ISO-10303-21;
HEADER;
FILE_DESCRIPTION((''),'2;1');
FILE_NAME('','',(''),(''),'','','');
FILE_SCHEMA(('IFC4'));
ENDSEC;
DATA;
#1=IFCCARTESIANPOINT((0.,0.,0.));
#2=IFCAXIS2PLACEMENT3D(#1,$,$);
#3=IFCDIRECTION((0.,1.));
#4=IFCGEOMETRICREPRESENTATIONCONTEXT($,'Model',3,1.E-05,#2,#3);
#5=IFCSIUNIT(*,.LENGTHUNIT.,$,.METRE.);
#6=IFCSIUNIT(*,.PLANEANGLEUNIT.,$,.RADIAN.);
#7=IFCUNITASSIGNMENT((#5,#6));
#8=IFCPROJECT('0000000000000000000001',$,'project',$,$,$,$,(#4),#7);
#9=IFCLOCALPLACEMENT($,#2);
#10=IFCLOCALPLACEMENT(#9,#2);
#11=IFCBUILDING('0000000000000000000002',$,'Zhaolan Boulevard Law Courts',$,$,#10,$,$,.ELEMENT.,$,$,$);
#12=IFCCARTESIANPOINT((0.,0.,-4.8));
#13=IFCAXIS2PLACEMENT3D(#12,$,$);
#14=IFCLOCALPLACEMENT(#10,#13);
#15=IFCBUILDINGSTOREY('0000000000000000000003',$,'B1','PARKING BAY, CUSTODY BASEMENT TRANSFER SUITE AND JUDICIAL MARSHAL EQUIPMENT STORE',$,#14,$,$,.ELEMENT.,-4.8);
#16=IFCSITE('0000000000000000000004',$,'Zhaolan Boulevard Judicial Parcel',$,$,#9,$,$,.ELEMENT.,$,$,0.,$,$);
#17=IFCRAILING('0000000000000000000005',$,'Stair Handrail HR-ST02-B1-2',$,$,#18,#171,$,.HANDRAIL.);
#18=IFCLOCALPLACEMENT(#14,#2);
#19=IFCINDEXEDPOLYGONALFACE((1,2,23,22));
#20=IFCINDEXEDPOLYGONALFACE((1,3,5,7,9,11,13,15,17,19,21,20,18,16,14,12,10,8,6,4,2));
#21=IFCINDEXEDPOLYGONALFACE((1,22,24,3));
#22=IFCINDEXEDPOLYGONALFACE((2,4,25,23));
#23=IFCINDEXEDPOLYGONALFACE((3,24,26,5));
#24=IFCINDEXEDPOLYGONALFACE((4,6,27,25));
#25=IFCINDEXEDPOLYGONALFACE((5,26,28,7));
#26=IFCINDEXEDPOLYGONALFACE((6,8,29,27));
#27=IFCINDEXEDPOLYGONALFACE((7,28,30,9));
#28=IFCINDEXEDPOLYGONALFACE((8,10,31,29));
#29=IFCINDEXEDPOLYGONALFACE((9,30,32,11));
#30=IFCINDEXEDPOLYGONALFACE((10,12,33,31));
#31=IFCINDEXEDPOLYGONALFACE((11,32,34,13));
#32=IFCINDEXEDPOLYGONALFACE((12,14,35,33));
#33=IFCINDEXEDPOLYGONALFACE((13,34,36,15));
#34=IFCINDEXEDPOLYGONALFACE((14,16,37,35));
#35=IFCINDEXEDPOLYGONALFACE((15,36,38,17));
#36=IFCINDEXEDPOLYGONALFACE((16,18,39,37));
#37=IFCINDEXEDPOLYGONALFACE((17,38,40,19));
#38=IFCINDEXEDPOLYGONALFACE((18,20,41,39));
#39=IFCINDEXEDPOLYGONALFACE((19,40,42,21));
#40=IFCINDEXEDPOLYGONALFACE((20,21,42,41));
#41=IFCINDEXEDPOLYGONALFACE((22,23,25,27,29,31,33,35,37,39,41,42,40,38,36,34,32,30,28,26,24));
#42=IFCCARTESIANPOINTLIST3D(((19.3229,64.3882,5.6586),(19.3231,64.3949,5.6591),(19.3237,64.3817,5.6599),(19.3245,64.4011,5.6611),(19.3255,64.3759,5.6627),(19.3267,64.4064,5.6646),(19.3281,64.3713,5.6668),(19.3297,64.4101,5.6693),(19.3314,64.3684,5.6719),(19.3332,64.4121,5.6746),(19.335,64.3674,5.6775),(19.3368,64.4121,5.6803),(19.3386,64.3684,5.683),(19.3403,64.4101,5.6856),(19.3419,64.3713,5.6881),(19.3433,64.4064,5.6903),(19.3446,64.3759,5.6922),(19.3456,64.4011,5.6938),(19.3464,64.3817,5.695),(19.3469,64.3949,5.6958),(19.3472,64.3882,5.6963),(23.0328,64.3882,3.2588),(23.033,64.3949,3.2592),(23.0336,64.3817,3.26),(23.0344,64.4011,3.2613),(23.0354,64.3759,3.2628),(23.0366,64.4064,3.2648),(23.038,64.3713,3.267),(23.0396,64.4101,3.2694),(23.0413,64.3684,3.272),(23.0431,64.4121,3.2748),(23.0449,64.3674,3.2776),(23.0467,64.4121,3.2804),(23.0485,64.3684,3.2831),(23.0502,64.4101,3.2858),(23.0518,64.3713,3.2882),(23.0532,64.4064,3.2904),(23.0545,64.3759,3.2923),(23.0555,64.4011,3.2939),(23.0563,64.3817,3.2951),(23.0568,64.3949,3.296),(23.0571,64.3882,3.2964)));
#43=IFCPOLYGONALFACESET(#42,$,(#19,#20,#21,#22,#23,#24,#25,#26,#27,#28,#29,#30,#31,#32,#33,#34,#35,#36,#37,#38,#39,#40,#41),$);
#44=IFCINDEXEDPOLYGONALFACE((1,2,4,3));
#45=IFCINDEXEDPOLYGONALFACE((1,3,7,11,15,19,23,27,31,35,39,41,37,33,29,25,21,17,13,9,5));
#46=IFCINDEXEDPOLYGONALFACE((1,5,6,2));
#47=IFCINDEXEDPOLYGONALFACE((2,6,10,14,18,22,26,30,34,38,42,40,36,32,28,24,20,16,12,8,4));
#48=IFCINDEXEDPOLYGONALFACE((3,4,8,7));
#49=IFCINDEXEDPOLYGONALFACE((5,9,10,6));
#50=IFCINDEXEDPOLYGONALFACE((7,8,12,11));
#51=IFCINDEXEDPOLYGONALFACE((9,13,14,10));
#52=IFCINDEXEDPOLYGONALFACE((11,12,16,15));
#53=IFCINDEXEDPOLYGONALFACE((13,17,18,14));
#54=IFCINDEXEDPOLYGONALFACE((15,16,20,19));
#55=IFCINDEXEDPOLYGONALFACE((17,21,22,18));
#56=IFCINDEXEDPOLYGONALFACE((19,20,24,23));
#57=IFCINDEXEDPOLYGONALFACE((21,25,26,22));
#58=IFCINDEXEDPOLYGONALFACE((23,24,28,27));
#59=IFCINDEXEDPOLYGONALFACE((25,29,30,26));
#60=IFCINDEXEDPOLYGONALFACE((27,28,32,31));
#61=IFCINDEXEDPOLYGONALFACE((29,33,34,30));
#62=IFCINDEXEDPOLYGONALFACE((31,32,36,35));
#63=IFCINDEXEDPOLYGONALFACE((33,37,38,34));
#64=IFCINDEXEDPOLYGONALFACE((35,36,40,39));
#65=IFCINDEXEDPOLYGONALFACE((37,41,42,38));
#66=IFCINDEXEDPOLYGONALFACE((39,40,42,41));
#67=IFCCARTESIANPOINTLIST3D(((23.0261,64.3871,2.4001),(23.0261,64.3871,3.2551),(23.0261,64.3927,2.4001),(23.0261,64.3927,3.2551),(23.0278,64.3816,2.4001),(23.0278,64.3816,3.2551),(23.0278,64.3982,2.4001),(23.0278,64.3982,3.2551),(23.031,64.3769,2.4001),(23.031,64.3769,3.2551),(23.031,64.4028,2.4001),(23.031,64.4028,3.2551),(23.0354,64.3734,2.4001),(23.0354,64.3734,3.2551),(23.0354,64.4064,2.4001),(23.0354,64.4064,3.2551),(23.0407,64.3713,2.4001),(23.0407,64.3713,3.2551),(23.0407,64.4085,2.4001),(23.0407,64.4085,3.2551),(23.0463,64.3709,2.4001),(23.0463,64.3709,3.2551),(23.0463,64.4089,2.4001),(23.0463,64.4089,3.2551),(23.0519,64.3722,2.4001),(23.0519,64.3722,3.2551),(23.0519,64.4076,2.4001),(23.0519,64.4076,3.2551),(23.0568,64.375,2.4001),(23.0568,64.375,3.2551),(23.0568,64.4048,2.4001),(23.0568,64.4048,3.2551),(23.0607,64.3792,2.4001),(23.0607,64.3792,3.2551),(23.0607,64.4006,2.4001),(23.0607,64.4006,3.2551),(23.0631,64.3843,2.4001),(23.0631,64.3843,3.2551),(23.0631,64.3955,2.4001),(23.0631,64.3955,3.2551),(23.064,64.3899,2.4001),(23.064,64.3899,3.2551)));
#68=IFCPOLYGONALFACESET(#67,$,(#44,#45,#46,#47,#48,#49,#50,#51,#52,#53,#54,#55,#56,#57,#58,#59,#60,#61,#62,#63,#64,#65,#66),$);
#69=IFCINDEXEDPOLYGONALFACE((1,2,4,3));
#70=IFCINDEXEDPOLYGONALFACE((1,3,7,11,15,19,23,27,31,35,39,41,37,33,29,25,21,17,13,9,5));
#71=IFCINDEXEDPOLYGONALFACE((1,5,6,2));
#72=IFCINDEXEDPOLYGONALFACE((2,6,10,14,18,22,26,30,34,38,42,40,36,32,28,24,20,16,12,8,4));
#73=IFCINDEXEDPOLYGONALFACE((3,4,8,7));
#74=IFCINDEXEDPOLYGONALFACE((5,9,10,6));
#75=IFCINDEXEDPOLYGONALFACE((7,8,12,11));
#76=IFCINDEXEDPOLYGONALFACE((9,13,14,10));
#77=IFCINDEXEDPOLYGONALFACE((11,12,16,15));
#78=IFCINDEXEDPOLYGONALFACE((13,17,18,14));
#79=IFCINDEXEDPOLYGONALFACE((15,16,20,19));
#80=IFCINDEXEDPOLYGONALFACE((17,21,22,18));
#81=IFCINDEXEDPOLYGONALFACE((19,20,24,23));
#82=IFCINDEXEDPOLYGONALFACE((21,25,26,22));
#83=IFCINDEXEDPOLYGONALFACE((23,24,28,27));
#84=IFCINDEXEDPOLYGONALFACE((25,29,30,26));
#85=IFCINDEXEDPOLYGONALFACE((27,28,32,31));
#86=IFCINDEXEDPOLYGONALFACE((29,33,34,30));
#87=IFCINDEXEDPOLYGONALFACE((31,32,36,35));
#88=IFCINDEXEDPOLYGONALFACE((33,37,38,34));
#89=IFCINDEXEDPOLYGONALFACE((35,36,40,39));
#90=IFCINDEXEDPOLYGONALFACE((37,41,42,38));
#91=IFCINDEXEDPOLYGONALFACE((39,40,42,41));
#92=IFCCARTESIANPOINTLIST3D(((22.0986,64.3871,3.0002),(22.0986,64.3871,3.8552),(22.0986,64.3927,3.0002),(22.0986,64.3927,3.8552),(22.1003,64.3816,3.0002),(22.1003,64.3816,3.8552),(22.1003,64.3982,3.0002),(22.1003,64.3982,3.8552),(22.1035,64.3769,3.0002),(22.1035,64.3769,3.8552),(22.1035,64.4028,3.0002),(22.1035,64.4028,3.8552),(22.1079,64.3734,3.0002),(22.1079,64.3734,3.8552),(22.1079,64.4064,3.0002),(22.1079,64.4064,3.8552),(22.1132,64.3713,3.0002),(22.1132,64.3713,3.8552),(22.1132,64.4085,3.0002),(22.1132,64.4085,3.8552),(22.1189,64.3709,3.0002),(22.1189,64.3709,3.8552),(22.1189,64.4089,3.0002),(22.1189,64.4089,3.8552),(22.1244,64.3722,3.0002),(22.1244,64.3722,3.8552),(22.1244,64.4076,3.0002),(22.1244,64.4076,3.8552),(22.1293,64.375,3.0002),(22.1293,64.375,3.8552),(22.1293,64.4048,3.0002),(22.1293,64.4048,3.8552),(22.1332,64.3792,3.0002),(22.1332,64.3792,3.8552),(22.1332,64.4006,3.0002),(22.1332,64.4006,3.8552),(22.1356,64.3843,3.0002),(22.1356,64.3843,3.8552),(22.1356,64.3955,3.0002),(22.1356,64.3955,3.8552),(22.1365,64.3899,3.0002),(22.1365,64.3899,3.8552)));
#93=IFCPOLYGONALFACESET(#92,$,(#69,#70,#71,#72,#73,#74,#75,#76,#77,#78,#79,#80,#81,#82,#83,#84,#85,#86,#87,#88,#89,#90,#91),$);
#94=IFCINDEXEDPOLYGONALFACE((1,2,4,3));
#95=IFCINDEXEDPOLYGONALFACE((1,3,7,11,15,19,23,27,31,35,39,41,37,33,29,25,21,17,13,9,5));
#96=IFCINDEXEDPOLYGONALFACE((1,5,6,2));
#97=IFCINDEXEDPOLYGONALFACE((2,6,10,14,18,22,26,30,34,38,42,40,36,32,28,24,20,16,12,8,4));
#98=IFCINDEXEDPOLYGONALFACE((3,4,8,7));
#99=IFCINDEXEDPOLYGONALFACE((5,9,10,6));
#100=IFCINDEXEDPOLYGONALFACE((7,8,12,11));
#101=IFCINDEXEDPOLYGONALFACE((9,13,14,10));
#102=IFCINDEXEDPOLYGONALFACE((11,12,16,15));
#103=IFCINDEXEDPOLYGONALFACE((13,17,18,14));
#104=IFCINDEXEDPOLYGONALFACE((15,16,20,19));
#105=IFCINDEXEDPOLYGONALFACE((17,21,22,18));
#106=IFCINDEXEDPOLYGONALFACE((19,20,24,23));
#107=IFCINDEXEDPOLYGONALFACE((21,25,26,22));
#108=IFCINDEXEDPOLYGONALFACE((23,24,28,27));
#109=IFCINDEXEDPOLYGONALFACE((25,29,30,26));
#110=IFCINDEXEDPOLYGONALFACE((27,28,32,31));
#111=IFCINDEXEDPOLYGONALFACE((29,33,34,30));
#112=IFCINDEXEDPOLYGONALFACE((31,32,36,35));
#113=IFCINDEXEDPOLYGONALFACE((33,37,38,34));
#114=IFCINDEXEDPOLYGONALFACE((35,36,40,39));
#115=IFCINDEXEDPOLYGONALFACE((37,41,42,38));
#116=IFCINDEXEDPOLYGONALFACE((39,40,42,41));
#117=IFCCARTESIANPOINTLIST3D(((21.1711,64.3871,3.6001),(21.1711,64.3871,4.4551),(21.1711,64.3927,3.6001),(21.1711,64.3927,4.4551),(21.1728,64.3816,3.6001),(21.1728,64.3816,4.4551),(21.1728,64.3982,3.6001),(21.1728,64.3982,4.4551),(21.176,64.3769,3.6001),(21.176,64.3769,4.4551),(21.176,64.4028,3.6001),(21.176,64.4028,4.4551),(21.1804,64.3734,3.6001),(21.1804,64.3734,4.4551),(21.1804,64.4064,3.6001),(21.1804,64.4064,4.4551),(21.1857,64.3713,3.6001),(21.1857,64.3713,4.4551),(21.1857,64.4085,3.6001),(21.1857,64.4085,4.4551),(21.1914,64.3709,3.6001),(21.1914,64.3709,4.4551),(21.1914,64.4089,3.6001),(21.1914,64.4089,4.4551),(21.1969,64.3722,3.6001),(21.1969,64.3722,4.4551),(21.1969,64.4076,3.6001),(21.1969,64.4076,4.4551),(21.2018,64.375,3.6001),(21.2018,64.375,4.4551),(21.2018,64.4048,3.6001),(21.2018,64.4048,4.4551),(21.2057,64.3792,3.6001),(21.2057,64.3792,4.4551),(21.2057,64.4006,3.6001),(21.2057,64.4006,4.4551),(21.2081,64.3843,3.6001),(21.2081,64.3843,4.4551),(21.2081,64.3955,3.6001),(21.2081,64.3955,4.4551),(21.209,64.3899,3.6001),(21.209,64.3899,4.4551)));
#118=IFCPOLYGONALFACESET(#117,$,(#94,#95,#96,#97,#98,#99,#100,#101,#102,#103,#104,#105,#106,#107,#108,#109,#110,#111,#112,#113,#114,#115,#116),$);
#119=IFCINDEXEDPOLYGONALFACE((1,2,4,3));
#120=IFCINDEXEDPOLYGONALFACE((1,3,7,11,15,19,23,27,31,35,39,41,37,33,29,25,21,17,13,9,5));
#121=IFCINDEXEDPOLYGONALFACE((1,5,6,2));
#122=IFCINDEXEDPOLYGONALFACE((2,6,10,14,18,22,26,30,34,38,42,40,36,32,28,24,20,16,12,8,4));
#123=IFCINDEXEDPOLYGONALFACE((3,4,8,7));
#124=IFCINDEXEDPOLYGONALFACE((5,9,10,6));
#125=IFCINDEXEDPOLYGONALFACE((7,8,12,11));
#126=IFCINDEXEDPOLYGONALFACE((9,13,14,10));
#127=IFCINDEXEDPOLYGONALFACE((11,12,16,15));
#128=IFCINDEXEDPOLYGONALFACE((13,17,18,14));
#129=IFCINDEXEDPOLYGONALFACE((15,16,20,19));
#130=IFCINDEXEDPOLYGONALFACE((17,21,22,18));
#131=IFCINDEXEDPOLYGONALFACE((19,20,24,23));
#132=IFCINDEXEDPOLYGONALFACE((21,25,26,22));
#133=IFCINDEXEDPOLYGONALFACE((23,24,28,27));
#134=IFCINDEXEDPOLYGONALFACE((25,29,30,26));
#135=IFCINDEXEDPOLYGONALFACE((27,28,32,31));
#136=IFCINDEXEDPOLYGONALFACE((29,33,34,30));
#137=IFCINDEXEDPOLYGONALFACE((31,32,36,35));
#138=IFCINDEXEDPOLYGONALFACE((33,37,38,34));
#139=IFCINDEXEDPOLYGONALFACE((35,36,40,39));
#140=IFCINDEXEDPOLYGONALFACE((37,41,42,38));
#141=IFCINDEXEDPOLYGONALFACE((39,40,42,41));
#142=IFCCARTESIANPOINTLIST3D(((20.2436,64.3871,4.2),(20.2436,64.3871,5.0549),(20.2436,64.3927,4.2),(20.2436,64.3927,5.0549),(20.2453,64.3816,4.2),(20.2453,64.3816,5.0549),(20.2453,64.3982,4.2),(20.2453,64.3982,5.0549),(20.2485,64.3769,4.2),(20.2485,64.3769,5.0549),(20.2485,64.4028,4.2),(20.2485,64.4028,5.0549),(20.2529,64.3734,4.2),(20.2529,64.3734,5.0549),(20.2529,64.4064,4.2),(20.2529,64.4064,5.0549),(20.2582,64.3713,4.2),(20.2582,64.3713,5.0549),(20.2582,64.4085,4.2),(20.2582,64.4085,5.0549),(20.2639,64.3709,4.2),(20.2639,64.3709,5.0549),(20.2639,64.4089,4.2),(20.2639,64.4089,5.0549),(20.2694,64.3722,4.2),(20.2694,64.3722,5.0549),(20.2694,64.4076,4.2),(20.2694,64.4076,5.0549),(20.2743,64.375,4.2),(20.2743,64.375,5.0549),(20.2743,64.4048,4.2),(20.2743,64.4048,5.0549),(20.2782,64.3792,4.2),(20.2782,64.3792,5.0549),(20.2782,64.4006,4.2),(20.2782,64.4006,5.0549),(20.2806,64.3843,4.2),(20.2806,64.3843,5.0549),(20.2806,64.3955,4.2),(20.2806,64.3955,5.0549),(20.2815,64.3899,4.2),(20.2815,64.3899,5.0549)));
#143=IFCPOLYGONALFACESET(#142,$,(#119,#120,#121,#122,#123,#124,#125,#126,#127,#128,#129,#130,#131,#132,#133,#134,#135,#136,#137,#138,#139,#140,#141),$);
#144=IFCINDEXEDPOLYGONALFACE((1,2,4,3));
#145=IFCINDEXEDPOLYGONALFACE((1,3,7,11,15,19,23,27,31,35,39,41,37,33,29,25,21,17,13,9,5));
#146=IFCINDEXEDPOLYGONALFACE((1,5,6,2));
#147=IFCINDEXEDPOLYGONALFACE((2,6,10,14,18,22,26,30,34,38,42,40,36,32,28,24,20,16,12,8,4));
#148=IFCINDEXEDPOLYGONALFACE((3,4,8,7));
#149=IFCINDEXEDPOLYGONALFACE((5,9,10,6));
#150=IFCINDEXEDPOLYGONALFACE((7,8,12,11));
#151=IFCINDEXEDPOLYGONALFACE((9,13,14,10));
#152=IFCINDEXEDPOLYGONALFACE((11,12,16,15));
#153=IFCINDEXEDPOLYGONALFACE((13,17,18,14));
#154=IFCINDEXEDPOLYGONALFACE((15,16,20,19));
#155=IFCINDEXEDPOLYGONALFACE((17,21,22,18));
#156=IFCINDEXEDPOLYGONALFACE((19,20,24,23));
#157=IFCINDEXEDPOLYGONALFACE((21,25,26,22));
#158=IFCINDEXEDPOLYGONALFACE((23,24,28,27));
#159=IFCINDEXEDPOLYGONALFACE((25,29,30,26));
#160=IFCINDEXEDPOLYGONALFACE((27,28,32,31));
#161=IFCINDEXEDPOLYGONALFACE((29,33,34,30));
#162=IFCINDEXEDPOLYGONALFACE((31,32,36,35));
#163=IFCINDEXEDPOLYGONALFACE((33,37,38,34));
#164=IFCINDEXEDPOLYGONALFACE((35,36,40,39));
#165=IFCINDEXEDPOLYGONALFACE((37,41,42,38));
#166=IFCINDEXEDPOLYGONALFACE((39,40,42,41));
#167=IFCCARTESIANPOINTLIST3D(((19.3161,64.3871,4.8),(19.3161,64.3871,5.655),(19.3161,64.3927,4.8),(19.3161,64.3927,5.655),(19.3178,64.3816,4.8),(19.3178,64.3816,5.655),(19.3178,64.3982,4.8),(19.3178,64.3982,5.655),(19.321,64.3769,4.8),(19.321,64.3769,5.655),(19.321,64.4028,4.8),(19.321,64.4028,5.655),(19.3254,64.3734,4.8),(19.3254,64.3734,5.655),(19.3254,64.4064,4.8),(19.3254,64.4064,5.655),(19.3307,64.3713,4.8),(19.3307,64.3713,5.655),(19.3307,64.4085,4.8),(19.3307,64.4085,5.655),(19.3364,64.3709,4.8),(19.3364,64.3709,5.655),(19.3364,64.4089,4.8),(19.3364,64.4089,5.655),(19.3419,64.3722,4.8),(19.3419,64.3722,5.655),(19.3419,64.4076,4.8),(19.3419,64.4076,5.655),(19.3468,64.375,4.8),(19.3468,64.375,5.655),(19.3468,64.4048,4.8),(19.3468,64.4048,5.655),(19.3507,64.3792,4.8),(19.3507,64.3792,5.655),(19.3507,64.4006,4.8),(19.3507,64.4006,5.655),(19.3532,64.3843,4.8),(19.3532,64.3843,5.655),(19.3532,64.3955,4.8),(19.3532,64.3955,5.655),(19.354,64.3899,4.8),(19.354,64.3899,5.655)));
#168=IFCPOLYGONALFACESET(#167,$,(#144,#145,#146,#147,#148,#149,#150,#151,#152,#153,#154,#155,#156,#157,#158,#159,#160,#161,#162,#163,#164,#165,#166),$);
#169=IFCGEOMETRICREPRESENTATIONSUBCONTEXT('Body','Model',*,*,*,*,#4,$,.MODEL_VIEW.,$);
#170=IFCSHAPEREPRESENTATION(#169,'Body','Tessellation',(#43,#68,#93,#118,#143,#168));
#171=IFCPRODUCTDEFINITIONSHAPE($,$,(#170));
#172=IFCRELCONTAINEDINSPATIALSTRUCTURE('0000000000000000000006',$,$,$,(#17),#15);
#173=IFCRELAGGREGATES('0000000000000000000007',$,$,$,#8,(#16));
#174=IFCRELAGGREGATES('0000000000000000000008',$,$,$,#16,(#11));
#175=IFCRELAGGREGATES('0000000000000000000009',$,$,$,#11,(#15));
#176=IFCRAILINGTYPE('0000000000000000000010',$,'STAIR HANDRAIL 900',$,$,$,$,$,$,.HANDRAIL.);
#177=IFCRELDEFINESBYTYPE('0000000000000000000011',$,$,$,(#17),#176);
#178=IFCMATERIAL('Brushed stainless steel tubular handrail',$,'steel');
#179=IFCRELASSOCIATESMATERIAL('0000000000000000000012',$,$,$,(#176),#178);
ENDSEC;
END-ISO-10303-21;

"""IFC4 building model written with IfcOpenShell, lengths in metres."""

from ifc_helpers import new_model, si_unit, direction, frame, origin, origin_2d, place, context, subcontext, project, spatial, circle, extrude, material, type_object, element, save


model = new_model("IFC4")

# Units and contexts
model_context = context("Model", 3, precision=1e-05, world=origin(), true_north=direction((0.0, 1.0)))
body_context = subcontext(model_context, "Body", "Model", "MODEL_VIEW")
ifc_project = project(units=[si_unit("LENGTHUNIT", "METRE"), si_unit("PLANEANGLEUNIT", "RADIAN")], contexts=[model_context])

# Site, building, storey
site_placement = place(None, origin())
site = spatial("IfcSite", under=ifc_project, at=site_placement, Name="Zhaolan Boulevard Judicial Parcel", CompositionType="ELEMENT", RefElevation=0.0)
building_placement = place(site_placement, origin())
building = spatial("IfcBuilding", under=site, at=building_placement, Name="Zhaolan Boulevard Law Courts", CompositionType="ELEMENT")
storey_placement = place(building_placement, frame((0.0, 0.0, -4.8)))
storey = spatial("IfcBuildingStorey", under=building, at=storey_placement, Name="B1", Description="PARKING BAY, CUSTODY BASEMENT TRANSFER SUITE AND JUDICIAL MARSHAL EQUIPMENT STORE", CompositionType="ELEMENT", Elevation=-4.8)

# Railing
ifc_material_1 = material(Name="Brushed stainless steel tubular handrail", Category="steel")
railing_type_1 = type_object("IfcRailingType", Name="STAIR HANDRAIL 900", PredefinedType="HANDRAIL", material=ifc_material_1)
railing_1_placement = place(storey_placement, frame((23.0449, 64.3899, 2.4001)))
element("IfcRailing", 1, at=railing_1_placement, inside=storey, type_object=railing_type_1, Name="Stair Handrail HR-ST02-B1-2", PredefinedType="HANDRAIL", context=body_context, shape_type="SweptSolid", body=[
    extrude(circle(Radius=0.0225, at=origin_2d()), frame((0.0, 0.0, 0.8774), z_axis=(-0.839638, 0.0, 0.543146), x_axis=(0.0, -1.0, 0.0)), (0.0, 0.0, 1.0), 4.4185),
    extrude(circle(Radius=0.019, at=origin_2d()), origin(), (0.0, 0.0, 1.0), 0.855),
    extrude(circle(Radius=0.019, at=origin_2d()), frame((-0.9275, 0.0, 0.6001)), (0.0, 0.0, 1.0), 0.855),
    extrude(circle(Radius=0.019, at=origin_2d()), frame((-1.855, 0.0, 1.2)), (0.0, 0.0, 1.0), 0.855),
    extrude(circle(Radius=0.019, at=origin_2d()), frame((-2.7825, 0.0, 1.7998)), (0.0, 0.0, 1.0), 0.855),
    extrude(circle(Radius=0.019, at=origin_2d()), frame((-3.71, 0.0, 2.3999)), (0.0, 0.0, 1.0), 0.855),
])

save(model, "model.ifc")
